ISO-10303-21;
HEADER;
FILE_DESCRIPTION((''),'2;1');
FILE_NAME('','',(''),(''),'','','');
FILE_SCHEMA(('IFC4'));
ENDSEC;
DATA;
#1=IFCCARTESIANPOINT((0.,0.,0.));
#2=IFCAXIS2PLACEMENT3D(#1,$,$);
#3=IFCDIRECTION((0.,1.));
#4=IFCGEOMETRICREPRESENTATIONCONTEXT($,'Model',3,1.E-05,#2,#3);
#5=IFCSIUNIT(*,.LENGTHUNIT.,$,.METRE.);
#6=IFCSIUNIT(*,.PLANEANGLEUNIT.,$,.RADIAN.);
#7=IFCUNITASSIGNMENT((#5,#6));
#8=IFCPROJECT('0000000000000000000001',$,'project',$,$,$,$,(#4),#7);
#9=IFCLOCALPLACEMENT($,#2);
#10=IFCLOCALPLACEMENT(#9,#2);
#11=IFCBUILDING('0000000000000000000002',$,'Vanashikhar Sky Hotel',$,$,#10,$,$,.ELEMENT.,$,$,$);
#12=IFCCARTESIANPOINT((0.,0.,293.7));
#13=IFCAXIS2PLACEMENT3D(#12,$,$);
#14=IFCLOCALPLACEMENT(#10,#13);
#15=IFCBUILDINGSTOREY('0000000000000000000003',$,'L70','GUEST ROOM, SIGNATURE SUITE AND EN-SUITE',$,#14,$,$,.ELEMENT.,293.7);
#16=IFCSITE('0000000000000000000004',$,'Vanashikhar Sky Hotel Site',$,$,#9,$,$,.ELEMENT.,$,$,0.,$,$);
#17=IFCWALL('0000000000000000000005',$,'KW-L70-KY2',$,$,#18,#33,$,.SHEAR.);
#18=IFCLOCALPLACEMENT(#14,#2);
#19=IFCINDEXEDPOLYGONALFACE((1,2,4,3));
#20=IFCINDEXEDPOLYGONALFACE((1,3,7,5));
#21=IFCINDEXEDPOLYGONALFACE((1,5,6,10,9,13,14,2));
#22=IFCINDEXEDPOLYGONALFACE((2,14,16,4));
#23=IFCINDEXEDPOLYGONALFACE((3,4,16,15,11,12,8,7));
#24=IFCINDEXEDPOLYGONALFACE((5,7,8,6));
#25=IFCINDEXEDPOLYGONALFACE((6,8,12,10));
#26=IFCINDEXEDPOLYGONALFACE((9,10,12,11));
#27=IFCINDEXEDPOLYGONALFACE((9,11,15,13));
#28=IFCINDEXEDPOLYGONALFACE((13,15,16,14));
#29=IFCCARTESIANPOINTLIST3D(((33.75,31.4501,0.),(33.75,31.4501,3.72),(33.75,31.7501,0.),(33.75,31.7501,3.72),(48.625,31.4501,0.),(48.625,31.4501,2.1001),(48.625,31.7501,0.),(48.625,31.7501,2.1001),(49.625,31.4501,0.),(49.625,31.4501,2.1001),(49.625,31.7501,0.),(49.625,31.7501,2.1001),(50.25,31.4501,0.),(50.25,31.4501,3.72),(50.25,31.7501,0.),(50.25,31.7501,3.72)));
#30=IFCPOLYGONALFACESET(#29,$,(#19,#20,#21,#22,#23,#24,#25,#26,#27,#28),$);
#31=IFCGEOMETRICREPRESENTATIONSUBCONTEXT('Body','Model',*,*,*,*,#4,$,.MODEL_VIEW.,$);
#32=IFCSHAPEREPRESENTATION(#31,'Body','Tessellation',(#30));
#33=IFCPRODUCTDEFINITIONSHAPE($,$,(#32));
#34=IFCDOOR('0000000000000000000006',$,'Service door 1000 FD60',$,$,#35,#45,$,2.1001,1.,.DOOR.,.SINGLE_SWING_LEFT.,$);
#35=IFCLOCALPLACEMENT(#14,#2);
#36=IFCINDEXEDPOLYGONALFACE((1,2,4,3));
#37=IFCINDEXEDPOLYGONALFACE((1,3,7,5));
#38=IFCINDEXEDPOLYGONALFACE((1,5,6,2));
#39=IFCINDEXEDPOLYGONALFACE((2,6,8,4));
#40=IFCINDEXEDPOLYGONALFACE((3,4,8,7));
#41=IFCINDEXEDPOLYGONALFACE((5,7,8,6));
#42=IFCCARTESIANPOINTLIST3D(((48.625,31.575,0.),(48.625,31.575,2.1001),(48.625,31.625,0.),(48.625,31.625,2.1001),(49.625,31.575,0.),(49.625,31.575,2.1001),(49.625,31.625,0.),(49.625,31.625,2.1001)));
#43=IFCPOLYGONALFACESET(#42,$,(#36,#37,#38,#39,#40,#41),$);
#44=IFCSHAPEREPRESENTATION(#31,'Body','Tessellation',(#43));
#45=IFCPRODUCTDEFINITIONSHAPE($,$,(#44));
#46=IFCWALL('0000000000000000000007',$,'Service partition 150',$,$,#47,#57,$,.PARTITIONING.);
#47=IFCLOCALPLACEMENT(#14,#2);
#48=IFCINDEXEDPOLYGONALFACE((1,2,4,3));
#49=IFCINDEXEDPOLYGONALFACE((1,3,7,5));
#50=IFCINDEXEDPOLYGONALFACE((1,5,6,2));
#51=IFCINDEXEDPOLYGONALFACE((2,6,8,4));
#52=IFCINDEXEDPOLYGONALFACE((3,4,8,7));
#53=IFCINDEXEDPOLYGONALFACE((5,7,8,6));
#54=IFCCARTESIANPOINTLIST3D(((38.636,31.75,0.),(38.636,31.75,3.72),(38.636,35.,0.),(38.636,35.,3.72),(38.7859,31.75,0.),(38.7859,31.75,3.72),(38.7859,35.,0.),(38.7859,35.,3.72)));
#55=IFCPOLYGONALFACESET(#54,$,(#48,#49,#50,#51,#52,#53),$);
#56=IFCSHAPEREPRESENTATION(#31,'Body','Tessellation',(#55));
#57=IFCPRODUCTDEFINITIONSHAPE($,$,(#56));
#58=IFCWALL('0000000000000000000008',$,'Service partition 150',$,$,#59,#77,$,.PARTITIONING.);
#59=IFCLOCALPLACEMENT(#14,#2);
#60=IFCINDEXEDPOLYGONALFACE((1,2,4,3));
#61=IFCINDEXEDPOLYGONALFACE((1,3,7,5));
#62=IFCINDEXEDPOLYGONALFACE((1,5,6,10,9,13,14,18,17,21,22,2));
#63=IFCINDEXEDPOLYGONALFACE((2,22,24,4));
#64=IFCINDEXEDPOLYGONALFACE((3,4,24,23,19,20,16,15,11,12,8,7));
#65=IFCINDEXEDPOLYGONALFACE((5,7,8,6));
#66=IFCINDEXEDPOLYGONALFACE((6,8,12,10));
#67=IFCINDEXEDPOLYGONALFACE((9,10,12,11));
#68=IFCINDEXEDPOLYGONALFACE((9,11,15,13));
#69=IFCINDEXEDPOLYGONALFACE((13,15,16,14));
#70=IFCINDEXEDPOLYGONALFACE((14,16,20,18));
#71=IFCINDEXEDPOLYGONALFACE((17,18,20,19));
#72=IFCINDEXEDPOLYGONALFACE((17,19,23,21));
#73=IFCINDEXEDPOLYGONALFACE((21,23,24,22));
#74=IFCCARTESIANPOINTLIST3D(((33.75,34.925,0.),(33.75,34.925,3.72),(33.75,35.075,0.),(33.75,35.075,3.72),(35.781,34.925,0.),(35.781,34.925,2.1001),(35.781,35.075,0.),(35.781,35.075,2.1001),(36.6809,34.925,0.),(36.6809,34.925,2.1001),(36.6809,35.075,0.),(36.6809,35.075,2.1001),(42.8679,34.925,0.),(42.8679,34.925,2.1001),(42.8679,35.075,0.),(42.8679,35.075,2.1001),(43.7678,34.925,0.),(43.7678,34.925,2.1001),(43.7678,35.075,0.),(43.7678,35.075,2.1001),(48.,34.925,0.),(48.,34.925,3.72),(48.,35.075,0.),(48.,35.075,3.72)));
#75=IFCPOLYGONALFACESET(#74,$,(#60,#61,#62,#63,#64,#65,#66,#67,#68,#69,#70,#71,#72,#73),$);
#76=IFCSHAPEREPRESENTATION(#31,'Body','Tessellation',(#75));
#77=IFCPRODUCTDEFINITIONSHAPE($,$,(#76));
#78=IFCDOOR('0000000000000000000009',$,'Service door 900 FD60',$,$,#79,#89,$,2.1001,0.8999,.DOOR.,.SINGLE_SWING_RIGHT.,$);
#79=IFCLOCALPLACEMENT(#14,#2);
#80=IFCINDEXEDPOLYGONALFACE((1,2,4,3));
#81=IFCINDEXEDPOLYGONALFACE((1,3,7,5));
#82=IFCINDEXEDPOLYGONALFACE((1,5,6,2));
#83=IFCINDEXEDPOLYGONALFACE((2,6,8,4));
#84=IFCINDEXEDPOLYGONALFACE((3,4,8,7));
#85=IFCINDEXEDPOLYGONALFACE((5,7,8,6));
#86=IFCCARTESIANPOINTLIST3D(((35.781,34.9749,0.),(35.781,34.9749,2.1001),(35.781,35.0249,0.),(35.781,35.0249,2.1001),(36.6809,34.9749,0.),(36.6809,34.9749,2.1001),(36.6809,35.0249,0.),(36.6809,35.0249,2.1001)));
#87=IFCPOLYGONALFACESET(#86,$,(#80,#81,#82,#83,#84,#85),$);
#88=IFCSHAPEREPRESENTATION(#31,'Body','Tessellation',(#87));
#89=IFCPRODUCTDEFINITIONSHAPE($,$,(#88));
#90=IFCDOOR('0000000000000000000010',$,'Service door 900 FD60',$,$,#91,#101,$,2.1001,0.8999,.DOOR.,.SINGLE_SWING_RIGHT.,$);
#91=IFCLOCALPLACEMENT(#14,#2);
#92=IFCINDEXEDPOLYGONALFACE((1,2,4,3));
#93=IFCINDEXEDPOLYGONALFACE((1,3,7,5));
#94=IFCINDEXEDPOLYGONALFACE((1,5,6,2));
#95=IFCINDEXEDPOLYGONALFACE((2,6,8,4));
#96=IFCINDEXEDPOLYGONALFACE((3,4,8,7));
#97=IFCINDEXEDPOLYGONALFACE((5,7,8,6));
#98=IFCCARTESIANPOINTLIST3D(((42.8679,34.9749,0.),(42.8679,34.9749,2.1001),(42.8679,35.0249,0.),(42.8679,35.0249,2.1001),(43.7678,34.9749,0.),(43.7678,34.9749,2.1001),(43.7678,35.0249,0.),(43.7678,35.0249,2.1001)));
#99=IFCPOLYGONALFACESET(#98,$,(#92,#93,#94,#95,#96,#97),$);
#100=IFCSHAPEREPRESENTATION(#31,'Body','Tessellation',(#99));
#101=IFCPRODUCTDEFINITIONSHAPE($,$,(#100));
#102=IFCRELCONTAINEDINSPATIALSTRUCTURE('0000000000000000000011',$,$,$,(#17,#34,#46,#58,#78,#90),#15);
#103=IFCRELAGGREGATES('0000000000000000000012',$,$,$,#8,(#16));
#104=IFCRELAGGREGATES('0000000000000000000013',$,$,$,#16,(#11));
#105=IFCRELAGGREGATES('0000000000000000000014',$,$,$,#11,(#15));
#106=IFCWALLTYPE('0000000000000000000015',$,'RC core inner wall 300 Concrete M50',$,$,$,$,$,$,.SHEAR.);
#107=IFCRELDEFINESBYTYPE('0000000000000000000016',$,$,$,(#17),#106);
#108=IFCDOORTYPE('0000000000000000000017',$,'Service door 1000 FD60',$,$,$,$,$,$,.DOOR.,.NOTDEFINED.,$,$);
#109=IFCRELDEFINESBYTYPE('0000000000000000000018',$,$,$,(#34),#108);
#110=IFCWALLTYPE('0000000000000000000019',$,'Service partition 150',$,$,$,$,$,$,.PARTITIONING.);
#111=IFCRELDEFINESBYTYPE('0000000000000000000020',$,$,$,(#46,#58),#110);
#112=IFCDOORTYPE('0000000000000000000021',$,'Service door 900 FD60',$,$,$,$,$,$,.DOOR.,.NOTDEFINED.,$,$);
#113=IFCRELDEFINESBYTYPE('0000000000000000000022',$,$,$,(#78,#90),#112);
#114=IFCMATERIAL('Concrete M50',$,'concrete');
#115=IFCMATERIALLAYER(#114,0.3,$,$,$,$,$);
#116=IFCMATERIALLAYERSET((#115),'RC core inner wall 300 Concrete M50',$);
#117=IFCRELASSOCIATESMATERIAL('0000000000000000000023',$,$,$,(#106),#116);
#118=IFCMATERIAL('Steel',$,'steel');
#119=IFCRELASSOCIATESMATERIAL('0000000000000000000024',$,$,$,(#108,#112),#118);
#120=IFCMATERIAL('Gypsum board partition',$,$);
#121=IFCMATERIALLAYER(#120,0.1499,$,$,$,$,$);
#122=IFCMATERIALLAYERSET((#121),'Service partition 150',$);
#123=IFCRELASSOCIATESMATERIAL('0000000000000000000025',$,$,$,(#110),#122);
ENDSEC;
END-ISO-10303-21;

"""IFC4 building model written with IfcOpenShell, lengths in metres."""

from ifc_helpers import new_model, si_unit, direction, frame, frame_2d, origin, place, context, subcontext, project, spatial, rectangle, extrude, source, transform, mapped, material, layer, layer_set, type_object, element, fill, save


model = new_model("IFC4")

# Units and contexts
model_context = context("Model", 3, precision=1e-05, world=origin(), true_north=direction((0.0, 1.0)))
body_context = subcontext(model_context, "Body", "Model", "MODEL_VIEW")
ifc_project = project(units=[si_unit("LENGTHUNIT", "METRE"), si_unit("PLANEANGLEUNIT", "RADIAN")], contexts=[model_context])

# Site, building, storey
site_placement = place(None, origin())
site = spatial("IfcSite", under=ifc_project, at=site_placement, Name="Vanashikhar Sky Hotel Site", CompositionType="ELEMENT", RefElevation=0.0)
building_placement = place(site_placement, origin())
building = spatial("IfcBuilding", under=site, at=building_placement, Name="Vanashikhar Sky Hotel", CompositionType="ELEMENT")
storey_placement = place(building_placement, frame((0.0, 0.0, 293.7)))
storey = spatial("IfcBuildingStorey", under=building, at=storey_placement, Name="L70", Description="GUEST ROOM, SIGNATURE SUITE AND EN-SUITE", CompositionType="ELEMENT", Elevation=293.7)

# Wall, opening, door
ifc_material_1 = material(Name="Concrete M50", Category="concrete")
ifc_layer_1 = layer(ifc_material_1, 0.3)
ifc_layer_set_1 = layer_set([ifc_layer_1], Name="RC core inner wall 300 Concrete M50")
wall_type_1 = type_object("IfcWallType", Name="RC core inner wall 300 Concrete M50", PredefinedType="SHEAR", material=ifc_layer_set_1)
shared_shape_1 = source(origin(), body_context, "Body", "SweptSolid", [
    extrude(rectangle(XDim=16.5, YDim=0.3, at=frame_2d((8.25, 0.0))), origin(), (0.0, 0.0, 1.0), 3.72),
])
wall_1_placement = place(storey_placement, frame((33.75, 31.6001, 0.0), z_axis=(0.0, 0.0, 1.0), x_axis=(1.0, 0.0, 0.0)))
wall_1 = element("IfcWall", 1, at=wall_1_placement, inside=storey, type_object=wall_type_1, Name="KW-L70-KY2", PredefinedType="SHEAR", context=body_context, shape_type="MappedRepresentation", body=[
    mapped(shared_shape_1, transform((0.0, 0.0, 0.0), scale=1.0)),
])
shared_shape_2 = source(origin(), body_context, "Body", "SweptSolid", [
    extrude(rectangle(XDim=1.0, YDim=2.1001, at=frame_2d((0.5, 1.05))), frame((0.0, 0.1602, 0.0), z_axis=(0.0, -1.0, 0.0), x_axis=(1.0, 0.0, 0.0)), (0.0, 0.0, 1.0), 0.3201),
])
opening_1_placement = place(wall_1_placement, frame((14.875, 0.0, 0.0)))
opening_1 = element("IfcOpeningElement", 2, at=opening_1_placement, cuts=wall_1, PredefinedType="OPENING", context=body_context, shape_type="MappedRepresentation", body=[
    mapped(shared_shape_2, transform((0.0, 0.0, 0.0), scale=1.0)),
])
ifc_material_2 = material(Name="Steel", Category="steel")
door_type_1 = type_object("IfcDoorType", Name="Service door 1000 FD60", OperationType="NOTDEFINED", PredefinedType="DOOR", material=ifc_material_2)
shared_shape_3 = source(origin(), body_context, "Body", "SweptSolid", [
    extrude(rectangle(XDim=1.0, YDim=2.1001, at=frame_2d((0.5, 1.05))), frame((0.0, 0.0249, 0.0), z_axis=(0.0, -1.0, 0.0), x_axis=(1.0, 0.0, 0.0)), (0.0, 0.0, 1.0), 0.05),
])
door_1_placement = place(opening_1_placement, origin())
door_1 = element("IfcDoor", 3, at=door_1_placement, inside=storey, type_object=door_type_1, Name="Service door 1000 FD60", OperationType="SINGLE_SWING_LEFT", OverallHeight=2.1001, OverallWidth=1.0, PredefinedType="DOOR", context=body_context, shape_type="MappedRepresentation", body=[
    mapped(shared_shape_3, transform((0.0, 0.0, 0.0), scale=1.0)),
])
fill(opening_1, door_1)

# Wall
ifc_material_3 = material(Name="Gypsum board partition")
ifc_layer_2 = layer(ifc_material_3, 0.1499)
ifc_layer_set_2 = layer_set([ifc_layer_2], Name="Service partition 150")
wall_type_2 = type_object("IfcWallType", Name="Service partition 150", PredefinedType="PARTITIONING", material=ifc_layer_set_2)
shared_shape_4 = source(origin(), body_context, "Body", "SweptSolid", [
    extrude(rectangle(XDim=3.25, YDim=0.1499, at=frame_2d((1.625, 0.0))), origin(), (0.0, 0.0, 1.0), 3.72),
])
wall_2_placement = place(storey_placement, frame((38.7109, 31.75, 0.0), z_axis=(0.0, 0.0, 1.0), x_axis=(0.0, 1.0, 0.0)))
element("IfcWall", 4, at=wall_2_placement, inside=storey, type_object=wall_type_2, Name="Service partition 150", PredefinedType="PARTITIONING", context=body_context, shape_type="MappedRepresentation", body=[
    mapped(shared_shape_4, transform((0.0, 0.0, 0.0), scale=1.0)),
])

# Wall, openings, doors
shared_shape_5 = source(origin(), body_context, "Body", "SweptSolid", [
    extrude(rectangle(XDim=14.25, YDim=0.1499, at=frame_2d((7.125, 0.0))), origin(), (0.0, 0.0, 1.0), 3.72),
])
wall_3_placement = place(storey_placement, frame((33.75, 35.0, 0.0), z_axis=(0.0, 0.0, 1.0), x_axis=(1.0, 0.0, 0.0)))
wall_3 = element("IfcWall", 5, at=wall_3_placement, inside=storey, type_object=wall_type_2, Name="Service partition 150", PredefinedType="PARTITIONING", context=body_context, shape_type="MappedRepresentation", body=[
    mapped(shared_shape_5, transform((0.0, 0.0, 0.0), scale=1.0)),
])
shared_shape_6 = source(origin(), body_context, "Body", "SweptSolid", [
    extrude(rectangle(XDim=0.8999, YDim=2.1001, at=frame_2d((0.45, 1.05))), frame((0.0, 0.085, 0.0), z_axis=(0.0, -1.0, 0.0), x_axis=(1.0, 0.0, 0.0)), (0.0, 0.0, 1.0), 0.1699),
])
opening_2_placement = place(wall_3_placement, frame((2.031, 0.0, 0.0)))
opening_2 = element("IfcOpeningElement", 6, at=opening_2_placement, cuts=wall_3, PredefinedType="OPENING", context=body_context, shape_type="MappedRepresentation", body=[
    mapped(shared_shape_6, transform((0.0, 0.0, 0.0), scale=1.0)),
])
opening_3_placement = place(wall_3_placement, frame((9.1179, 0.0, 0.0)))
opening_3 = element("IfcOpeningElement", 7, at=opening_3_placement, cuts=wall_3, PredefinedType="OPENING", context=body_context, shape_type="MappedRepresentation", body=[
    mapped(shared_shape_6, transform((0.0, 0.0, 0.0), scale=1.0)),
])
door_type_2 = type_object("IfcDoorType", Name="Service door 900 FD60", OperationType="NOTDEFINED", PredefinedType="DOOR", material=ifc_material_2)
shared_shape_7 = source(origin(), body_context, "Body", "SweptSolid", [
    extrude(rectangle(XDim=0.8999, YDim=2.1001, at=frame_2d((0.45, 1.05))), frame((0.0, 0.0249, 0.0), z_axis=(0.0, -1.0, 0.0), x_axis=(1.0, 0.0, 0.0)), (0.0, 0.0, 1.0), 0.05),
])
door_2_placement = place(opening_2_placement, origin())
door_2 = element("IfcDoor", 8, at=door_2_placement, inside=storey, type_object=door_type_2, Name="Service door 900 FD60", OperationType="SINGLE_SWING_RIGHT", OverallHeight=2.1001, OverallWidth=0.8999, PredefinedType="DOOR", context=body_context, shape_type="MappedRepresentation", body=[
    mapped(shared_shape_7, transform((0.0, 0.0, 0.0), scale=1.0)),
])
fill(opening_2, door_2)
door_3_placement = place(opening_3_placement, origin())
door_3 = element("IfcDoor", 9, at=door_3_placement, inside=storey, type_object=door_type_2, Name="Service door 900 FD60", OperationType="SINGLE_SWING_RIGHT", OverallHeight=2.1001, OverallWidth=0.8999, PredefinedType="DOOR", context=body_context, shape_type="MappedRepresentation", body=[
    mapped(shared_shape_7, transform((0.0, 0.0, 0.0), scale=1.0)),
])
fill(opening_3, door_3)

save(model, "model.ifc")
